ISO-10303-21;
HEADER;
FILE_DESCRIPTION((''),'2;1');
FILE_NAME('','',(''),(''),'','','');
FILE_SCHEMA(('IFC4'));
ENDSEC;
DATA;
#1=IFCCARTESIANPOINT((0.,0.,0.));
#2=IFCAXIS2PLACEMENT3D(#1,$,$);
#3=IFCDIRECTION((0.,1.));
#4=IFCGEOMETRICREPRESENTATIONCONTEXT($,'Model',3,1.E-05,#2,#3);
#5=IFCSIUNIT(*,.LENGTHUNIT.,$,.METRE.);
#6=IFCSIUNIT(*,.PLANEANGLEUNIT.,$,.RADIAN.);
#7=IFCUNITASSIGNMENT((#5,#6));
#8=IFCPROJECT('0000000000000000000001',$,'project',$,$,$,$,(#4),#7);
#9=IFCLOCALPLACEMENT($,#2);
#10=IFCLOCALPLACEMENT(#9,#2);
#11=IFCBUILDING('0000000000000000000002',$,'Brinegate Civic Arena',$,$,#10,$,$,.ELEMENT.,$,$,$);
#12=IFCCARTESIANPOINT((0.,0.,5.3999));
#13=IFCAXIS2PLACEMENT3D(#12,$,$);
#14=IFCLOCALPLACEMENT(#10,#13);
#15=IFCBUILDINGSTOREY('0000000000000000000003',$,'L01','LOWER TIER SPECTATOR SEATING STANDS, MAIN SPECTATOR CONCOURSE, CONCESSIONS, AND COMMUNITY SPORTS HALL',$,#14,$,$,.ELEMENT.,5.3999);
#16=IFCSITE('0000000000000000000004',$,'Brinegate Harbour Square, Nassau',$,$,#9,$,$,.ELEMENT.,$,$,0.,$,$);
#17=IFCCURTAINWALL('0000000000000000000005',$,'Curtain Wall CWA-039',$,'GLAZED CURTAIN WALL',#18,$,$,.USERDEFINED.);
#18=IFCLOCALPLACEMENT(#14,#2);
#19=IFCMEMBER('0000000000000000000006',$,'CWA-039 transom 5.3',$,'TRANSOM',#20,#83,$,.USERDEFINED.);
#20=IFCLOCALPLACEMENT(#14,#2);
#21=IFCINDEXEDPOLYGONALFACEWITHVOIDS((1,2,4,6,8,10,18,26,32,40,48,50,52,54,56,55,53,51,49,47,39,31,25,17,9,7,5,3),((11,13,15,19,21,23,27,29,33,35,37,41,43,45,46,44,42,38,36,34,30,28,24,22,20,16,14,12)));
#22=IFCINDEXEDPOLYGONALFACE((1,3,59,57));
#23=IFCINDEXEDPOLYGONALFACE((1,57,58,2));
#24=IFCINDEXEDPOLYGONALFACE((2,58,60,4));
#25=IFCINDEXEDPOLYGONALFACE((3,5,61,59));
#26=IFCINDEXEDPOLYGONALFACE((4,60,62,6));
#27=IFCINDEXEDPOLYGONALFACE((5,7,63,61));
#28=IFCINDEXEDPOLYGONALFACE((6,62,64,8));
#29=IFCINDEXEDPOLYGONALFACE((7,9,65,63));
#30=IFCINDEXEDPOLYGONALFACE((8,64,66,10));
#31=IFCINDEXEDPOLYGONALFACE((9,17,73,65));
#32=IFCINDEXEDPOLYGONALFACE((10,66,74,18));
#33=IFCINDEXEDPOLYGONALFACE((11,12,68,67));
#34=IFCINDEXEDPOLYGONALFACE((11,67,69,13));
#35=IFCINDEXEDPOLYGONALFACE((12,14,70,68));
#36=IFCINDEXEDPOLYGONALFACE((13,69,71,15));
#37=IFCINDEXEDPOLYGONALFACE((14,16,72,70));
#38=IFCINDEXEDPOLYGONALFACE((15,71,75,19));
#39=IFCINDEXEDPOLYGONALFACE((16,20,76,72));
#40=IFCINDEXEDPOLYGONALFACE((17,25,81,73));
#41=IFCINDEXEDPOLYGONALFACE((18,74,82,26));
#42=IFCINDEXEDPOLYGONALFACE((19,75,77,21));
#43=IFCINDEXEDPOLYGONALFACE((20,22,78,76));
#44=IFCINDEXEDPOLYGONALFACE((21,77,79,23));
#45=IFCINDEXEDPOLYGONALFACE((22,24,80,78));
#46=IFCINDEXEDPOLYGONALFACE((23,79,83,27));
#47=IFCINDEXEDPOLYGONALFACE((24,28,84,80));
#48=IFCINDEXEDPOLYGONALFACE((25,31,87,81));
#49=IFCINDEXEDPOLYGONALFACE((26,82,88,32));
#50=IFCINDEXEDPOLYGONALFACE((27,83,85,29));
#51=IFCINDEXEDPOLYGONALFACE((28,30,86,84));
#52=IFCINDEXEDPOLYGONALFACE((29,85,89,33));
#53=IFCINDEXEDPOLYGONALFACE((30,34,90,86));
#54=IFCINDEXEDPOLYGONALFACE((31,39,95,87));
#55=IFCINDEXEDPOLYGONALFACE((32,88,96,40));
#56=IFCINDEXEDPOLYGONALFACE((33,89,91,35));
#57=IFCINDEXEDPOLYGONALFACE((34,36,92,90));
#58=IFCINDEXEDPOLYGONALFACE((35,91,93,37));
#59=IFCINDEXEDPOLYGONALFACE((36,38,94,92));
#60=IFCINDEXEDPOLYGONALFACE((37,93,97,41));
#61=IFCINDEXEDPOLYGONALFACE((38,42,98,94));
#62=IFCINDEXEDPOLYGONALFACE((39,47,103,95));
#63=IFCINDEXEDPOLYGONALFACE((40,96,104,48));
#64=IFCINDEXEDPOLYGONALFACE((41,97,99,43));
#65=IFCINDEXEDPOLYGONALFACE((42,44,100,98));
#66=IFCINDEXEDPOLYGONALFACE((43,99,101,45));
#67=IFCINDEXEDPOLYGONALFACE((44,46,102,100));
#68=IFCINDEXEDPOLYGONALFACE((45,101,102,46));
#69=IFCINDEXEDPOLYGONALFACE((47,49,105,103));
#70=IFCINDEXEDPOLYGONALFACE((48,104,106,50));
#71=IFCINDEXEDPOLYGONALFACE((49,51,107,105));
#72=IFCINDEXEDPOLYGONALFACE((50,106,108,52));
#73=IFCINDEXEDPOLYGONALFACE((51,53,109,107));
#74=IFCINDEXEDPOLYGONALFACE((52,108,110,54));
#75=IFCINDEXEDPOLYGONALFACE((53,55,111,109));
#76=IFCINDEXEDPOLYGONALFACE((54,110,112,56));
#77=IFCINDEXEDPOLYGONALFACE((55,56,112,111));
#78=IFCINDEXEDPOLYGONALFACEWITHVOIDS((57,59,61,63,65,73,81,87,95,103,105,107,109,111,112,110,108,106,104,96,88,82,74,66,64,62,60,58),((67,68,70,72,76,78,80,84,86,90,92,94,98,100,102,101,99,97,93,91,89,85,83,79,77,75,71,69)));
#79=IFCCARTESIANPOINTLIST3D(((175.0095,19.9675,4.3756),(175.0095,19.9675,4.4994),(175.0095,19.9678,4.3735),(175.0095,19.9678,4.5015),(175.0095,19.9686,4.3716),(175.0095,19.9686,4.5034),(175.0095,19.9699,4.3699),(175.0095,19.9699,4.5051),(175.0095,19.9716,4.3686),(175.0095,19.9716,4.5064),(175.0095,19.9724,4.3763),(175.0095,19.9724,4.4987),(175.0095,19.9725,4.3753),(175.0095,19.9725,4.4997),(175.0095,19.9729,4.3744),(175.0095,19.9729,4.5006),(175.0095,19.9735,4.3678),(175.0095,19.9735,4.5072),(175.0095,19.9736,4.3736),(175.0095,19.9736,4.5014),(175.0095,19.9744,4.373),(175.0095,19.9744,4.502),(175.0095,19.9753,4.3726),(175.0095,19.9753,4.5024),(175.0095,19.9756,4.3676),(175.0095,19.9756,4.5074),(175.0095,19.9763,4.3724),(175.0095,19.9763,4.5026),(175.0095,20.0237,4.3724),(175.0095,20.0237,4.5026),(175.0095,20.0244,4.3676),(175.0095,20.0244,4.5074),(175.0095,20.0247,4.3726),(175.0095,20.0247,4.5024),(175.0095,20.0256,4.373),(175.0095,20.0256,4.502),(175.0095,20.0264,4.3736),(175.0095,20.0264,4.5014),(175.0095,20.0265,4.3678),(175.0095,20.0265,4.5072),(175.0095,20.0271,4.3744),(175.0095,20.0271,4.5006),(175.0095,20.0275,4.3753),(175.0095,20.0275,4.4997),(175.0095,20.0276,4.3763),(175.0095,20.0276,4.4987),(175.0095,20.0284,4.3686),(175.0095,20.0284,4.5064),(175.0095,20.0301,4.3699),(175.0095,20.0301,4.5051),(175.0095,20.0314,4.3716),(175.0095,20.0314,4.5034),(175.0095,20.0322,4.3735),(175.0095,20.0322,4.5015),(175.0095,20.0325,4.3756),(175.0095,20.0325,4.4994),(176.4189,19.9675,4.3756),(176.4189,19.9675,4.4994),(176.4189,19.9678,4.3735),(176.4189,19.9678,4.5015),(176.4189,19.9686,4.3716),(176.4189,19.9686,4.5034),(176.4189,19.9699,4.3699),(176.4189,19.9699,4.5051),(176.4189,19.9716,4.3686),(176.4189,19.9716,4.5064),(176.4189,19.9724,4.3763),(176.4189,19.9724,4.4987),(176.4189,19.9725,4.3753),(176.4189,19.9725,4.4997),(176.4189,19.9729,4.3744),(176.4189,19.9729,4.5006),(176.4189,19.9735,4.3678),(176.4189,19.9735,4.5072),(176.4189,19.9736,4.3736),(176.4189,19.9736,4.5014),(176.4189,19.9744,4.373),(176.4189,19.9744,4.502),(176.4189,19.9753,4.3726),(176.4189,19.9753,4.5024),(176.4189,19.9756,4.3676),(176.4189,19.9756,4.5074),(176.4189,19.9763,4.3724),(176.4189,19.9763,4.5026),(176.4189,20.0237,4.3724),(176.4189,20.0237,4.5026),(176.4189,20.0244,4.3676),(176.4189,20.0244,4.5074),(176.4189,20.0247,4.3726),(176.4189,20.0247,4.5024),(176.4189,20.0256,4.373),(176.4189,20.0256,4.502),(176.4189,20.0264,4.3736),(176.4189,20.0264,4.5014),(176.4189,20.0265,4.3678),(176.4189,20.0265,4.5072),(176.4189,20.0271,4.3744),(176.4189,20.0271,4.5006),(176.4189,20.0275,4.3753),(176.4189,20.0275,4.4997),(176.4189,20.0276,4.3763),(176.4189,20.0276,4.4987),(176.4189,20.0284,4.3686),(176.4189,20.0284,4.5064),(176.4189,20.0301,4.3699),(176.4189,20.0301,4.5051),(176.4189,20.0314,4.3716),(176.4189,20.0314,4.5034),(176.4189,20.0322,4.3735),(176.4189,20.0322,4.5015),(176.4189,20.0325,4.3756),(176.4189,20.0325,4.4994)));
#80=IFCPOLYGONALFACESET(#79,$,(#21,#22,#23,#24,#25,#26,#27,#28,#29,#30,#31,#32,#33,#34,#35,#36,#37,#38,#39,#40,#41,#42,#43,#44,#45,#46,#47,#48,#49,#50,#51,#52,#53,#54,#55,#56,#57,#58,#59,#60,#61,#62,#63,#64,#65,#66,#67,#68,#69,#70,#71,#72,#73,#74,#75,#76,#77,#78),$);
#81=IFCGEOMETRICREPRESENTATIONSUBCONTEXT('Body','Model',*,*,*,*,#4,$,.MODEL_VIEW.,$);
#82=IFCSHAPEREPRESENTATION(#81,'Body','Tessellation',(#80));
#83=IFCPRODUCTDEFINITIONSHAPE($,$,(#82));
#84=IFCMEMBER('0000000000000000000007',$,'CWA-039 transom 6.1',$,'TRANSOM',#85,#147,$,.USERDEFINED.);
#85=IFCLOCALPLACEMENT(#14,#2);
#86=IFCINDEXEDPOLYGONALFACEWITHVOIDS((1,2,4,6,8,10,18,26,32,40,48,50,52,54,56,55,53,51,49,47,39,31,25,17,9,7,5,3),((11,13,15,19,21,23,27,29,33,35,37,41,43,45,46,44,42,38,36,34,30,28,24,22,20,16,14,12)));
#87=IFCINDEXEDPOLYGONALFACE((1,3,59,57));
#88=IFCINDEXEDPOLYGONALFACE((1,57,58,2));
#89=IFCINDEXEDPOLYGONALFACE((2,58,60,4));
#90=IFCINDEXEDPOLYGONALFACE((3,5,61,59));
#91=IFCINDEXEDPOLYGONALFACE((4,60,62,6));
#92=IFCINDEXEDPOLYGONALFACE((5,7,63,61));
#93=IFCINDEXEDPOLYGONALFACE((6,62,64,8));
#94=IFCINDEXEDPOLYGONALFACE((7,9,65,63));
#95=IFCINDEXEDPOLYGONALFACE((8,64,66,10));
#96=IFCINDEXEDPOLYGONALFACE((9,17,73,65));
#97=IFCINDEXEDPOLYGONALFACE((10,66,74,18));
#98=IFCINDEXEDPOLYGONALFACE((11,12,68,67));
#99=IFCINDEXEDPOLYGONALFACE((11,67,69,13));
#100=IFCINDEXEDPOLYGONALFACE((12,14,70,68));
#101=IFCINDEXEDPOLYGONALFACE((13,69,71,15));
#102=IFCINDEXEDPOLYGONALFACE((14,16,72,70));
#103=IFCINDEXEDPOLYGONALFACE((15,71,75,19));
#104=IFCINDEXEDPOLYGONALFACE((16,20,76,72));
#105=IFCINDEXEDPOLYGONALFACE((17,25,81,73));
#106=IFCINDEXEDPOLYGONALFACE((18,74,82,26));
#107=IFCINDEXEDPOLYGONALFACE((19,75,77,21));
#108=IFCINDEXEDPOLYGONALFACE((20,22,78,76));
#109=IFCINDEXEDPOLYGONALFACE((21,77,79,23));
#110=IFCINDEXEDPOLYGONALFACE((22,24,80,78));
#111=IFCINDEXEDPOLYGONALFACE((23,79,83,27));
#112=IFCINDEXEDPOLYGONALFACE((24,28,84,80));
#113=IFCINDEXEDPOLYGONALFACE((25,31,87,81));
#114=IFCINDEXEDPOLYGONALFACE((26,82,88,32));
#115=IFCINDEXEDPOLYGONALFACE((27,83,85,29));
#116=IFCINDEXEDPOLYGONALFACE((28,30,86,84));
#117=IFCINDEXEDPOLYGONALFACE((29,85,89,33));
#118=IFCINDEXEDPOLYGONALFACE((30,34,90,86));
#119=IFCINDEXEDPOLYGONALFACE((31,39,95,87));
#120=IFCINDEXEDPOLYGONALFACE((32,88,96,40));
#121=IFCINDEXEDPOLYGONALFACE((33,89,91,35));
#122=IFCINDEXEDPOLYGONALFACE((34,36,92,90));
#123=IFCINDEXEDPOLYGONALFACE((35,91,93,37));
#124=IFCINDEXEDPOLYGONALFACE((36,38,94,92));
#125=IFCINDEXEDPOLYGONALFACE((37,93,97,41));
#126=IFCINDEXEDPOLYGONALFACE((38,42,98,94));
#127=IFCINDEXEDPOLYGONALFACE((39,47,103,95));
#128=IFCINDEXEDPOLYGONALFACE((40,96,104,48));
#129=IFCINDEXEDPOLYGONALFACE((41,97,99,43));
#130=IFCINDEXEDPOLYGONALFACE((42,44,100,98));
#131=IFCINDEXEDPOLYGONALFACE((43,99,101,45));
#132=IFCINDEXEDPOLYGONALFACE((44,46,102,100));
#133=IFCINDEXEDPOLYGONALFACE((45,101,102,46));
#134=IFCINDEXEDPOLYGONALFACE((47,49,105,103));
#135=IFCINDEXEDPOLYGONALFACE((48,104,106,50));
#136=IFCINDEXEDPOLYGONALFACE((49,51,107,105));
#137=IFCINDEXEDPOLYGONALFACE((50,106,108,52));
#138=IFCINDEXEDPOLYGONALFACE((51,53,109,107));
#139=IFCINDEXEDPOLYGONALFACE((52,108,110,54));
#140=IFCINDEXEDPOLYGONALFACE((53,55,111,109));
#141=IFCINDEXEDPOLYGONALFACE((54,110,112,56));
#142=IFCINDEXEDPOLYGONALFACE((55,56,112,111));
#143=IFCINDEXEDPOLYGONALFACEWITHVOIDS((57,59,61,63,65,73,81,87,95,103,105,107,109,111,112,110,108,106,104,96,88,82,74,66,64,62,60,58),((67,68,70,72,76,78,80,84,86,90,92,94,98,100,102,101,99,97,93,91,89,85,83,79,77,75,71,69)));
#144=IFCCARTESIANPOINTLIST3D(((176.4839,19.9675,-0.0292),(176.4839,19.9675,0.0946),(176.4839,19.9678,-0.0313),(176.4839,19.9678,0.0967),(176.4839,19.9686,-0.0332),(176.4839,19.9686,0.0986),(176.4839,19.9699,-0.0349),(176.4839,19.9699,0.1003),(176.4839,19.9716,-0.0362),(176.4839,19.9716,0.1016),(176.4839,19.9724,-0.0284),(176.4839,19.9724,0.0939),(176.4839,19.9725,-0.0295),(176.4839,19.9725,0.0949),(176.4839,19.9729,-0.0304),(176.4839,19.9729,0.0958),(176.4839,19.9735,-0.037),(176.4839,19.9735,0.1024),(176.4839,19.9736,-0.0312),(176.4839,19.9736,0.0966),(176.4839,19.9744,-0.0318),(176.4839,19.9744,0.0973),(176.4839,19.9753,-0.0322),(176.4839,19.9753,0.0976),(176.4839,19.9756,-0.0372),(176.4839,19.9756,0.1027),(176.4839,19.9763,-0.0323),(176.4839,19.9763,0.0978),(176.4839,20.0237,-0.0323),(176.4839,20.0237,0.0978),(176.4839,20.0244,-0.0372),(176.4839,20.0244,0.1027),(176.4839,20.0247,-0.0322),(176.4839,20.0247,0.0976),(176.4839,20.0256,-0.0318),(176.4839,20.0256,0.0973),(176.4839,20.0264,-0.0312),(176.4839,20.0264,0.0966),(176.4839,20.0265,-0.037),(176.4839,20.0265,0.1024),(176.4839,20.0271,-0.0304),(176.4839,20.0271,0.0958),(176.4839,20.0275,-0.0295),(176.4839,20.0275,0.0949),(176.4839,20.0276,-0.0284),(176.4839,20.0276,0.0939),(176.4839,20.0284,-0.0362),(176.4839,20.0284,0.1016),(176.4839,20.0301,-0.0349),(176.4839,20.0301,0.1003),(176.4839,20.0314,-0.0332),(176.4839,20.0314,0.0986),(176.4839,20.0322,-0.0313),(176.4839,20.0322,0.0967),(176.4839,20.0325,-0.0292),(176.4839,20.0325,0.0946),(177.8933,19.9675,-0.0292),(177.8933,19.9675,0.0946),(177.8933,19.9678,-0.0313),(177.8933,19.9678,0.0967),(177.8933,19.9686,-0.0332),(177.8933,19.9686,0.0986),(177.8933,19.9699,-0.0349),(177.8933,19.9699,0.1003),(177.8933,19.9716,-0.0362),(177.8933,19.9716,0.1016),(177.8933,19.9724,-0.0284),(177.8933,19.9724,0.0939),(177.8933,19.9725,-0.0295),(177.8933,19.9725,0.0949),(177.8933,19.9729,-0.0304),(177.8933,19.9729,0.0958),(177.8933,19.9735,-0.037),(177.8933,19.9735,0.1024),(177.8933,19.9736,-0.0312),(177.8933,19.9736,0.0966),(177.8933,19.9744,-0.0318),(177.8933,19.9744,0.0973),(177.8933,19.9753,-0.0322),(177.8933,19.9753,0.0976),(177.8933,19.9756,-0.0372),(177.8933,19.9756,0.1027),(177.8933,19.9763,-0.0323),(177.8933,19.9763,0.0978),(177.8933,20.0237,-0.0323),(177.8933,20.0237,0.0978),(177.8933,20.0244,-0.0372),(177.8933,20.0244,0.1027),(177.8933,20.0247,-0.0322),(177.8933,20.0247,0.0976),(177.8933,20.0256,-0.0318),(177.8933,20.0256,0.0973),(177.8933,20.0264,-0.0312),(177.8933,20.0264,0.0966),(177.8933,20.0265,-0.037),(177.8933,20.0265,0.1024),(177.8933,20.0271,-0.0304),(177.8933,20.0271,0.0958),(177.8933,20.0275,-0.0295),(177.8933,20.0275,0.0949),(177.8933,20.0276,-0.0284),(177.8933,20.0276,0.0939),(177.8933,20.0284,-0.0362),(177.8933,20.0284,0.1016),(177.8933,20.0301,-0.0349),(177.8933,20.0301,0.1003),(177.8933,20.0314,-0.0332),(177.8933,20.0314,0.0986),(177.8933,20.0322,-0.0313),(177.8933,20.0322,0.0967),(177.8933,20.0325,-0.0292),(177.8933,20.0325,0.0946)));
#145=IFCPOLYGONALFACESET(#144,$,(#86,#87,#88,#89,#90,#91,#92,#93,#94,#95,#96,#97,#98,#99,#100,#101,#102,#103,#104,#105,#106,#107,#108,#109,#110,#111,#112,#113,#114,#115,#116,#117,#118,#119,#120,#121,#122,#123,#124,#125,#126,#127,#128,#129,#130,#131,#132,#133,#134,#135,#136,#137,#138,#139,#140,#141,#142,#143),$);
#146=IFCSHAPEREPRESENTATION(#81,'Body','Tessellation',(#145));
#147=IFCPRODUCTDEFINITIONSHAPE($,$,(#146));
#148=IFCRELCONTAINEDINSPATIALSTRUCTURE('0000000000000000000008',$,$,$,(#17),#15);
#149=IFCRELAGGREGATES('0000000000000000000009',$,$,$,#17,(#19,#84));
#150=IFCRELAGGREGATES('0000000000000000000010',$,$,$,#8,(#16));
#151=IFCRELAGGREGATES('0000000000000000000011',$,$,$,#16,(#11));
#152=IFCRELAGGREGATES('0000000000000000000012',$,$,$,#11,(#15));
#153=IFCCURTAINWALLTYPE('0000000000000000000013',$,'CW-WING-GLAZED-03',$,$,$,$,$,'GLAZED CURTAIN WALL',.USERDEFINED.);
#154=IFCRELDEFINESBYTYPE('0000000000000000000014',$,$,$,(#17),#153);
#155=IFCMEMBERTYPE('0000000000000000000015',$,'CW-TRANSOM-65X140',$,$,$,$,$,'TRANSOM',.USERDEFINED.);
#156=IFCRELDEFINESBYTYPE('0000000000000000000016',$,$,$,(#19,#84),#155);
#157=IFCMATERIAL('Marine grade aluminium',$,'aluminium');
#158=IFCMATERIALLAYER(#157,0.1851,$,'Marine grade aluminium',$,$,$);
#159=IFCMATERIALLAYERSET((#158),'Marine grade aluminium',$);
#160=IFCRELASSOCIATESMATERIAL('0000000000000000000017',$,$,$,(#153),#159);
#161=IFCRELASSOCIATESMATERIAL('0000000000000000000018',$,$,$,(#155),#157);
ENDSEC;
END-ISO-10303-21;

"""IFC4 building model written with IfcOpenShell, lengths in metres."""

from ifc_helpers import new_model, si_unit, direction, frame, origin, origin_2d, place, context, subcontext, project, spatial, hollow_rectangle, extrude, material, layer, layer_set, material_profile, profile_set, type_object, element, aggregate, save


model = new_model("IFC4")

# Units and contexts
model_context = context("Model", 3, precision=1e-05, world=origin(), true_north=direction((0.0, 1.0)))
body_context = subcontext(model_context, "Body", "Model", "MODEL_VIEW")
ifc_project = project(units=[si_unit("LENGTHUNIT", "METRE"), si_unit("PLANEANGLEUNIT", "RADIAN")], contexts=[model_context])

# Site, building, storey
site_placement = place(None, origin())
site = spatial("IfcSite", under=ifc_project, at=site_placement, Name="Brinegate Harbour Square, Nassau", CompositionType="ELEMENT", RefElevation=0.0)
building_placement = place(site_placement, origin())
building = spatial("IfcBuilding", under=site, at=building_placement, Name="Brinegate Civic Arena", CompositionType="ELEMENT")
storey_placement = place(building_placement, frame((0.0, 0.0, 5.3999)))
storey = spatial("IfcBuildingStorey", under=building, at=storey_placement, Name="L01", Description="LOWER TIER SPECTATOR SEATING STANDS, MAIN SPECTATOR CONCOURSE, CONCESSIONS, AND COMMUNITY SPORTS HALL", CompositionType="ELEMENT", Elevation=5.3999)

# Curtain wall, members
ifc_material_1 = material(Name="Marine grade aluminium", Category="aluminium")
ifc_layer_1 = layer(ifc_material_1, 0.1851, Name="Marine grade aluminium")
ifc_layer_set_1 = layer_set([ifc_layer_1], Name="Marine grade aluminium")
curtain_wall_type = type_object("IfcCurtainWallType", Name="CW-WING-GLAZED-03", ElementType="GLAZED CURTAIN WALL", PredefinedType="USERDEFINED", material=ifc_layer_set_1)
curtain_wall_placement = place(storey_placement, origin())
curtain_wall = element("IfcCurtainWall", 1, at=curtain_wall_placement, inside=storey, type_object=curtain_wall_type, Name="Curtain Wall CWA-039", ObjectType="GLAZED CURTAIN WALL", PredefinedType="USERDEFINED")
ifc_material_profile_1 = material_profile(ifc_material_1, hollow_rectangle(XDim=0.0649, YDim=0.1399, WallThickness=0.0049, InnerFilletRadius=0.0039, OuterFilletRadius=0.0081, at=origin_2d()), Name="TRN65X140")
ifc_profile_set_1 = profile_set([ifc_material_profile_1], Name="Marine grade aluminium")
member_type_1 = type_object("IfcMemberType", Name="CW-TRANSOM-65X140", ElementType="TRANSOM", PredefinedType="USERDEFINED", material=ifc_profile_set_1)
member_1_placement = place(storey_placement, frame((175.0095, 20.0, 4.4375), z_axis=(1.0, 0.0, 0.0), x_axis=(0.0, 1.0, 0.0)))
member_1 = element("IfcMember", 2, at=member_1_placement, type_object=member_type_1, Name="CWA-039 transom 5.3", ObjectType="TRANSOM", PredefinedType="USERDEFINED", context=body_context, shape_type="SweptSolid", body=[
    extrude(hollow_rectangle(XDim=0.0649, YDim=0.1399, WallThickness=0.0049, InnerFilletRadius=0.0039, OuterFilletRadius=0.0081, at=origin_2d()), origin(), (0.0, 0.0, 1.0), 1.4094),
])
member_2_placement = place(storey_placement, frame((176.4839, 20.0, 0.0327), z_axis=(1.0, 0.0, 0.0), x_axis=(0.0, 1.0, 0.0)))
member_2 = element("IfcMember", 3, at=member_2_placement, type_object=member_type_1, Name="CWA-039 transom 6.1", ObjectType="TRANSOM", PredefinedType="USERDEFINED", context=body_context, shape_type="SweptSolid", body=[
    extrude(hollow_rectangle(XDim=0.0649, YDim=0.1399, WallThickness=0.0049, InnerFilletRadius=0.0039, OuterFilletRadius=0.0081, at=origin_2d()), origin(), (0.0, 0.0, 1.0), 1.4094),
])
aggregate(curtain_wall, [member_1, member_2])

save(model, "model.ifc")
